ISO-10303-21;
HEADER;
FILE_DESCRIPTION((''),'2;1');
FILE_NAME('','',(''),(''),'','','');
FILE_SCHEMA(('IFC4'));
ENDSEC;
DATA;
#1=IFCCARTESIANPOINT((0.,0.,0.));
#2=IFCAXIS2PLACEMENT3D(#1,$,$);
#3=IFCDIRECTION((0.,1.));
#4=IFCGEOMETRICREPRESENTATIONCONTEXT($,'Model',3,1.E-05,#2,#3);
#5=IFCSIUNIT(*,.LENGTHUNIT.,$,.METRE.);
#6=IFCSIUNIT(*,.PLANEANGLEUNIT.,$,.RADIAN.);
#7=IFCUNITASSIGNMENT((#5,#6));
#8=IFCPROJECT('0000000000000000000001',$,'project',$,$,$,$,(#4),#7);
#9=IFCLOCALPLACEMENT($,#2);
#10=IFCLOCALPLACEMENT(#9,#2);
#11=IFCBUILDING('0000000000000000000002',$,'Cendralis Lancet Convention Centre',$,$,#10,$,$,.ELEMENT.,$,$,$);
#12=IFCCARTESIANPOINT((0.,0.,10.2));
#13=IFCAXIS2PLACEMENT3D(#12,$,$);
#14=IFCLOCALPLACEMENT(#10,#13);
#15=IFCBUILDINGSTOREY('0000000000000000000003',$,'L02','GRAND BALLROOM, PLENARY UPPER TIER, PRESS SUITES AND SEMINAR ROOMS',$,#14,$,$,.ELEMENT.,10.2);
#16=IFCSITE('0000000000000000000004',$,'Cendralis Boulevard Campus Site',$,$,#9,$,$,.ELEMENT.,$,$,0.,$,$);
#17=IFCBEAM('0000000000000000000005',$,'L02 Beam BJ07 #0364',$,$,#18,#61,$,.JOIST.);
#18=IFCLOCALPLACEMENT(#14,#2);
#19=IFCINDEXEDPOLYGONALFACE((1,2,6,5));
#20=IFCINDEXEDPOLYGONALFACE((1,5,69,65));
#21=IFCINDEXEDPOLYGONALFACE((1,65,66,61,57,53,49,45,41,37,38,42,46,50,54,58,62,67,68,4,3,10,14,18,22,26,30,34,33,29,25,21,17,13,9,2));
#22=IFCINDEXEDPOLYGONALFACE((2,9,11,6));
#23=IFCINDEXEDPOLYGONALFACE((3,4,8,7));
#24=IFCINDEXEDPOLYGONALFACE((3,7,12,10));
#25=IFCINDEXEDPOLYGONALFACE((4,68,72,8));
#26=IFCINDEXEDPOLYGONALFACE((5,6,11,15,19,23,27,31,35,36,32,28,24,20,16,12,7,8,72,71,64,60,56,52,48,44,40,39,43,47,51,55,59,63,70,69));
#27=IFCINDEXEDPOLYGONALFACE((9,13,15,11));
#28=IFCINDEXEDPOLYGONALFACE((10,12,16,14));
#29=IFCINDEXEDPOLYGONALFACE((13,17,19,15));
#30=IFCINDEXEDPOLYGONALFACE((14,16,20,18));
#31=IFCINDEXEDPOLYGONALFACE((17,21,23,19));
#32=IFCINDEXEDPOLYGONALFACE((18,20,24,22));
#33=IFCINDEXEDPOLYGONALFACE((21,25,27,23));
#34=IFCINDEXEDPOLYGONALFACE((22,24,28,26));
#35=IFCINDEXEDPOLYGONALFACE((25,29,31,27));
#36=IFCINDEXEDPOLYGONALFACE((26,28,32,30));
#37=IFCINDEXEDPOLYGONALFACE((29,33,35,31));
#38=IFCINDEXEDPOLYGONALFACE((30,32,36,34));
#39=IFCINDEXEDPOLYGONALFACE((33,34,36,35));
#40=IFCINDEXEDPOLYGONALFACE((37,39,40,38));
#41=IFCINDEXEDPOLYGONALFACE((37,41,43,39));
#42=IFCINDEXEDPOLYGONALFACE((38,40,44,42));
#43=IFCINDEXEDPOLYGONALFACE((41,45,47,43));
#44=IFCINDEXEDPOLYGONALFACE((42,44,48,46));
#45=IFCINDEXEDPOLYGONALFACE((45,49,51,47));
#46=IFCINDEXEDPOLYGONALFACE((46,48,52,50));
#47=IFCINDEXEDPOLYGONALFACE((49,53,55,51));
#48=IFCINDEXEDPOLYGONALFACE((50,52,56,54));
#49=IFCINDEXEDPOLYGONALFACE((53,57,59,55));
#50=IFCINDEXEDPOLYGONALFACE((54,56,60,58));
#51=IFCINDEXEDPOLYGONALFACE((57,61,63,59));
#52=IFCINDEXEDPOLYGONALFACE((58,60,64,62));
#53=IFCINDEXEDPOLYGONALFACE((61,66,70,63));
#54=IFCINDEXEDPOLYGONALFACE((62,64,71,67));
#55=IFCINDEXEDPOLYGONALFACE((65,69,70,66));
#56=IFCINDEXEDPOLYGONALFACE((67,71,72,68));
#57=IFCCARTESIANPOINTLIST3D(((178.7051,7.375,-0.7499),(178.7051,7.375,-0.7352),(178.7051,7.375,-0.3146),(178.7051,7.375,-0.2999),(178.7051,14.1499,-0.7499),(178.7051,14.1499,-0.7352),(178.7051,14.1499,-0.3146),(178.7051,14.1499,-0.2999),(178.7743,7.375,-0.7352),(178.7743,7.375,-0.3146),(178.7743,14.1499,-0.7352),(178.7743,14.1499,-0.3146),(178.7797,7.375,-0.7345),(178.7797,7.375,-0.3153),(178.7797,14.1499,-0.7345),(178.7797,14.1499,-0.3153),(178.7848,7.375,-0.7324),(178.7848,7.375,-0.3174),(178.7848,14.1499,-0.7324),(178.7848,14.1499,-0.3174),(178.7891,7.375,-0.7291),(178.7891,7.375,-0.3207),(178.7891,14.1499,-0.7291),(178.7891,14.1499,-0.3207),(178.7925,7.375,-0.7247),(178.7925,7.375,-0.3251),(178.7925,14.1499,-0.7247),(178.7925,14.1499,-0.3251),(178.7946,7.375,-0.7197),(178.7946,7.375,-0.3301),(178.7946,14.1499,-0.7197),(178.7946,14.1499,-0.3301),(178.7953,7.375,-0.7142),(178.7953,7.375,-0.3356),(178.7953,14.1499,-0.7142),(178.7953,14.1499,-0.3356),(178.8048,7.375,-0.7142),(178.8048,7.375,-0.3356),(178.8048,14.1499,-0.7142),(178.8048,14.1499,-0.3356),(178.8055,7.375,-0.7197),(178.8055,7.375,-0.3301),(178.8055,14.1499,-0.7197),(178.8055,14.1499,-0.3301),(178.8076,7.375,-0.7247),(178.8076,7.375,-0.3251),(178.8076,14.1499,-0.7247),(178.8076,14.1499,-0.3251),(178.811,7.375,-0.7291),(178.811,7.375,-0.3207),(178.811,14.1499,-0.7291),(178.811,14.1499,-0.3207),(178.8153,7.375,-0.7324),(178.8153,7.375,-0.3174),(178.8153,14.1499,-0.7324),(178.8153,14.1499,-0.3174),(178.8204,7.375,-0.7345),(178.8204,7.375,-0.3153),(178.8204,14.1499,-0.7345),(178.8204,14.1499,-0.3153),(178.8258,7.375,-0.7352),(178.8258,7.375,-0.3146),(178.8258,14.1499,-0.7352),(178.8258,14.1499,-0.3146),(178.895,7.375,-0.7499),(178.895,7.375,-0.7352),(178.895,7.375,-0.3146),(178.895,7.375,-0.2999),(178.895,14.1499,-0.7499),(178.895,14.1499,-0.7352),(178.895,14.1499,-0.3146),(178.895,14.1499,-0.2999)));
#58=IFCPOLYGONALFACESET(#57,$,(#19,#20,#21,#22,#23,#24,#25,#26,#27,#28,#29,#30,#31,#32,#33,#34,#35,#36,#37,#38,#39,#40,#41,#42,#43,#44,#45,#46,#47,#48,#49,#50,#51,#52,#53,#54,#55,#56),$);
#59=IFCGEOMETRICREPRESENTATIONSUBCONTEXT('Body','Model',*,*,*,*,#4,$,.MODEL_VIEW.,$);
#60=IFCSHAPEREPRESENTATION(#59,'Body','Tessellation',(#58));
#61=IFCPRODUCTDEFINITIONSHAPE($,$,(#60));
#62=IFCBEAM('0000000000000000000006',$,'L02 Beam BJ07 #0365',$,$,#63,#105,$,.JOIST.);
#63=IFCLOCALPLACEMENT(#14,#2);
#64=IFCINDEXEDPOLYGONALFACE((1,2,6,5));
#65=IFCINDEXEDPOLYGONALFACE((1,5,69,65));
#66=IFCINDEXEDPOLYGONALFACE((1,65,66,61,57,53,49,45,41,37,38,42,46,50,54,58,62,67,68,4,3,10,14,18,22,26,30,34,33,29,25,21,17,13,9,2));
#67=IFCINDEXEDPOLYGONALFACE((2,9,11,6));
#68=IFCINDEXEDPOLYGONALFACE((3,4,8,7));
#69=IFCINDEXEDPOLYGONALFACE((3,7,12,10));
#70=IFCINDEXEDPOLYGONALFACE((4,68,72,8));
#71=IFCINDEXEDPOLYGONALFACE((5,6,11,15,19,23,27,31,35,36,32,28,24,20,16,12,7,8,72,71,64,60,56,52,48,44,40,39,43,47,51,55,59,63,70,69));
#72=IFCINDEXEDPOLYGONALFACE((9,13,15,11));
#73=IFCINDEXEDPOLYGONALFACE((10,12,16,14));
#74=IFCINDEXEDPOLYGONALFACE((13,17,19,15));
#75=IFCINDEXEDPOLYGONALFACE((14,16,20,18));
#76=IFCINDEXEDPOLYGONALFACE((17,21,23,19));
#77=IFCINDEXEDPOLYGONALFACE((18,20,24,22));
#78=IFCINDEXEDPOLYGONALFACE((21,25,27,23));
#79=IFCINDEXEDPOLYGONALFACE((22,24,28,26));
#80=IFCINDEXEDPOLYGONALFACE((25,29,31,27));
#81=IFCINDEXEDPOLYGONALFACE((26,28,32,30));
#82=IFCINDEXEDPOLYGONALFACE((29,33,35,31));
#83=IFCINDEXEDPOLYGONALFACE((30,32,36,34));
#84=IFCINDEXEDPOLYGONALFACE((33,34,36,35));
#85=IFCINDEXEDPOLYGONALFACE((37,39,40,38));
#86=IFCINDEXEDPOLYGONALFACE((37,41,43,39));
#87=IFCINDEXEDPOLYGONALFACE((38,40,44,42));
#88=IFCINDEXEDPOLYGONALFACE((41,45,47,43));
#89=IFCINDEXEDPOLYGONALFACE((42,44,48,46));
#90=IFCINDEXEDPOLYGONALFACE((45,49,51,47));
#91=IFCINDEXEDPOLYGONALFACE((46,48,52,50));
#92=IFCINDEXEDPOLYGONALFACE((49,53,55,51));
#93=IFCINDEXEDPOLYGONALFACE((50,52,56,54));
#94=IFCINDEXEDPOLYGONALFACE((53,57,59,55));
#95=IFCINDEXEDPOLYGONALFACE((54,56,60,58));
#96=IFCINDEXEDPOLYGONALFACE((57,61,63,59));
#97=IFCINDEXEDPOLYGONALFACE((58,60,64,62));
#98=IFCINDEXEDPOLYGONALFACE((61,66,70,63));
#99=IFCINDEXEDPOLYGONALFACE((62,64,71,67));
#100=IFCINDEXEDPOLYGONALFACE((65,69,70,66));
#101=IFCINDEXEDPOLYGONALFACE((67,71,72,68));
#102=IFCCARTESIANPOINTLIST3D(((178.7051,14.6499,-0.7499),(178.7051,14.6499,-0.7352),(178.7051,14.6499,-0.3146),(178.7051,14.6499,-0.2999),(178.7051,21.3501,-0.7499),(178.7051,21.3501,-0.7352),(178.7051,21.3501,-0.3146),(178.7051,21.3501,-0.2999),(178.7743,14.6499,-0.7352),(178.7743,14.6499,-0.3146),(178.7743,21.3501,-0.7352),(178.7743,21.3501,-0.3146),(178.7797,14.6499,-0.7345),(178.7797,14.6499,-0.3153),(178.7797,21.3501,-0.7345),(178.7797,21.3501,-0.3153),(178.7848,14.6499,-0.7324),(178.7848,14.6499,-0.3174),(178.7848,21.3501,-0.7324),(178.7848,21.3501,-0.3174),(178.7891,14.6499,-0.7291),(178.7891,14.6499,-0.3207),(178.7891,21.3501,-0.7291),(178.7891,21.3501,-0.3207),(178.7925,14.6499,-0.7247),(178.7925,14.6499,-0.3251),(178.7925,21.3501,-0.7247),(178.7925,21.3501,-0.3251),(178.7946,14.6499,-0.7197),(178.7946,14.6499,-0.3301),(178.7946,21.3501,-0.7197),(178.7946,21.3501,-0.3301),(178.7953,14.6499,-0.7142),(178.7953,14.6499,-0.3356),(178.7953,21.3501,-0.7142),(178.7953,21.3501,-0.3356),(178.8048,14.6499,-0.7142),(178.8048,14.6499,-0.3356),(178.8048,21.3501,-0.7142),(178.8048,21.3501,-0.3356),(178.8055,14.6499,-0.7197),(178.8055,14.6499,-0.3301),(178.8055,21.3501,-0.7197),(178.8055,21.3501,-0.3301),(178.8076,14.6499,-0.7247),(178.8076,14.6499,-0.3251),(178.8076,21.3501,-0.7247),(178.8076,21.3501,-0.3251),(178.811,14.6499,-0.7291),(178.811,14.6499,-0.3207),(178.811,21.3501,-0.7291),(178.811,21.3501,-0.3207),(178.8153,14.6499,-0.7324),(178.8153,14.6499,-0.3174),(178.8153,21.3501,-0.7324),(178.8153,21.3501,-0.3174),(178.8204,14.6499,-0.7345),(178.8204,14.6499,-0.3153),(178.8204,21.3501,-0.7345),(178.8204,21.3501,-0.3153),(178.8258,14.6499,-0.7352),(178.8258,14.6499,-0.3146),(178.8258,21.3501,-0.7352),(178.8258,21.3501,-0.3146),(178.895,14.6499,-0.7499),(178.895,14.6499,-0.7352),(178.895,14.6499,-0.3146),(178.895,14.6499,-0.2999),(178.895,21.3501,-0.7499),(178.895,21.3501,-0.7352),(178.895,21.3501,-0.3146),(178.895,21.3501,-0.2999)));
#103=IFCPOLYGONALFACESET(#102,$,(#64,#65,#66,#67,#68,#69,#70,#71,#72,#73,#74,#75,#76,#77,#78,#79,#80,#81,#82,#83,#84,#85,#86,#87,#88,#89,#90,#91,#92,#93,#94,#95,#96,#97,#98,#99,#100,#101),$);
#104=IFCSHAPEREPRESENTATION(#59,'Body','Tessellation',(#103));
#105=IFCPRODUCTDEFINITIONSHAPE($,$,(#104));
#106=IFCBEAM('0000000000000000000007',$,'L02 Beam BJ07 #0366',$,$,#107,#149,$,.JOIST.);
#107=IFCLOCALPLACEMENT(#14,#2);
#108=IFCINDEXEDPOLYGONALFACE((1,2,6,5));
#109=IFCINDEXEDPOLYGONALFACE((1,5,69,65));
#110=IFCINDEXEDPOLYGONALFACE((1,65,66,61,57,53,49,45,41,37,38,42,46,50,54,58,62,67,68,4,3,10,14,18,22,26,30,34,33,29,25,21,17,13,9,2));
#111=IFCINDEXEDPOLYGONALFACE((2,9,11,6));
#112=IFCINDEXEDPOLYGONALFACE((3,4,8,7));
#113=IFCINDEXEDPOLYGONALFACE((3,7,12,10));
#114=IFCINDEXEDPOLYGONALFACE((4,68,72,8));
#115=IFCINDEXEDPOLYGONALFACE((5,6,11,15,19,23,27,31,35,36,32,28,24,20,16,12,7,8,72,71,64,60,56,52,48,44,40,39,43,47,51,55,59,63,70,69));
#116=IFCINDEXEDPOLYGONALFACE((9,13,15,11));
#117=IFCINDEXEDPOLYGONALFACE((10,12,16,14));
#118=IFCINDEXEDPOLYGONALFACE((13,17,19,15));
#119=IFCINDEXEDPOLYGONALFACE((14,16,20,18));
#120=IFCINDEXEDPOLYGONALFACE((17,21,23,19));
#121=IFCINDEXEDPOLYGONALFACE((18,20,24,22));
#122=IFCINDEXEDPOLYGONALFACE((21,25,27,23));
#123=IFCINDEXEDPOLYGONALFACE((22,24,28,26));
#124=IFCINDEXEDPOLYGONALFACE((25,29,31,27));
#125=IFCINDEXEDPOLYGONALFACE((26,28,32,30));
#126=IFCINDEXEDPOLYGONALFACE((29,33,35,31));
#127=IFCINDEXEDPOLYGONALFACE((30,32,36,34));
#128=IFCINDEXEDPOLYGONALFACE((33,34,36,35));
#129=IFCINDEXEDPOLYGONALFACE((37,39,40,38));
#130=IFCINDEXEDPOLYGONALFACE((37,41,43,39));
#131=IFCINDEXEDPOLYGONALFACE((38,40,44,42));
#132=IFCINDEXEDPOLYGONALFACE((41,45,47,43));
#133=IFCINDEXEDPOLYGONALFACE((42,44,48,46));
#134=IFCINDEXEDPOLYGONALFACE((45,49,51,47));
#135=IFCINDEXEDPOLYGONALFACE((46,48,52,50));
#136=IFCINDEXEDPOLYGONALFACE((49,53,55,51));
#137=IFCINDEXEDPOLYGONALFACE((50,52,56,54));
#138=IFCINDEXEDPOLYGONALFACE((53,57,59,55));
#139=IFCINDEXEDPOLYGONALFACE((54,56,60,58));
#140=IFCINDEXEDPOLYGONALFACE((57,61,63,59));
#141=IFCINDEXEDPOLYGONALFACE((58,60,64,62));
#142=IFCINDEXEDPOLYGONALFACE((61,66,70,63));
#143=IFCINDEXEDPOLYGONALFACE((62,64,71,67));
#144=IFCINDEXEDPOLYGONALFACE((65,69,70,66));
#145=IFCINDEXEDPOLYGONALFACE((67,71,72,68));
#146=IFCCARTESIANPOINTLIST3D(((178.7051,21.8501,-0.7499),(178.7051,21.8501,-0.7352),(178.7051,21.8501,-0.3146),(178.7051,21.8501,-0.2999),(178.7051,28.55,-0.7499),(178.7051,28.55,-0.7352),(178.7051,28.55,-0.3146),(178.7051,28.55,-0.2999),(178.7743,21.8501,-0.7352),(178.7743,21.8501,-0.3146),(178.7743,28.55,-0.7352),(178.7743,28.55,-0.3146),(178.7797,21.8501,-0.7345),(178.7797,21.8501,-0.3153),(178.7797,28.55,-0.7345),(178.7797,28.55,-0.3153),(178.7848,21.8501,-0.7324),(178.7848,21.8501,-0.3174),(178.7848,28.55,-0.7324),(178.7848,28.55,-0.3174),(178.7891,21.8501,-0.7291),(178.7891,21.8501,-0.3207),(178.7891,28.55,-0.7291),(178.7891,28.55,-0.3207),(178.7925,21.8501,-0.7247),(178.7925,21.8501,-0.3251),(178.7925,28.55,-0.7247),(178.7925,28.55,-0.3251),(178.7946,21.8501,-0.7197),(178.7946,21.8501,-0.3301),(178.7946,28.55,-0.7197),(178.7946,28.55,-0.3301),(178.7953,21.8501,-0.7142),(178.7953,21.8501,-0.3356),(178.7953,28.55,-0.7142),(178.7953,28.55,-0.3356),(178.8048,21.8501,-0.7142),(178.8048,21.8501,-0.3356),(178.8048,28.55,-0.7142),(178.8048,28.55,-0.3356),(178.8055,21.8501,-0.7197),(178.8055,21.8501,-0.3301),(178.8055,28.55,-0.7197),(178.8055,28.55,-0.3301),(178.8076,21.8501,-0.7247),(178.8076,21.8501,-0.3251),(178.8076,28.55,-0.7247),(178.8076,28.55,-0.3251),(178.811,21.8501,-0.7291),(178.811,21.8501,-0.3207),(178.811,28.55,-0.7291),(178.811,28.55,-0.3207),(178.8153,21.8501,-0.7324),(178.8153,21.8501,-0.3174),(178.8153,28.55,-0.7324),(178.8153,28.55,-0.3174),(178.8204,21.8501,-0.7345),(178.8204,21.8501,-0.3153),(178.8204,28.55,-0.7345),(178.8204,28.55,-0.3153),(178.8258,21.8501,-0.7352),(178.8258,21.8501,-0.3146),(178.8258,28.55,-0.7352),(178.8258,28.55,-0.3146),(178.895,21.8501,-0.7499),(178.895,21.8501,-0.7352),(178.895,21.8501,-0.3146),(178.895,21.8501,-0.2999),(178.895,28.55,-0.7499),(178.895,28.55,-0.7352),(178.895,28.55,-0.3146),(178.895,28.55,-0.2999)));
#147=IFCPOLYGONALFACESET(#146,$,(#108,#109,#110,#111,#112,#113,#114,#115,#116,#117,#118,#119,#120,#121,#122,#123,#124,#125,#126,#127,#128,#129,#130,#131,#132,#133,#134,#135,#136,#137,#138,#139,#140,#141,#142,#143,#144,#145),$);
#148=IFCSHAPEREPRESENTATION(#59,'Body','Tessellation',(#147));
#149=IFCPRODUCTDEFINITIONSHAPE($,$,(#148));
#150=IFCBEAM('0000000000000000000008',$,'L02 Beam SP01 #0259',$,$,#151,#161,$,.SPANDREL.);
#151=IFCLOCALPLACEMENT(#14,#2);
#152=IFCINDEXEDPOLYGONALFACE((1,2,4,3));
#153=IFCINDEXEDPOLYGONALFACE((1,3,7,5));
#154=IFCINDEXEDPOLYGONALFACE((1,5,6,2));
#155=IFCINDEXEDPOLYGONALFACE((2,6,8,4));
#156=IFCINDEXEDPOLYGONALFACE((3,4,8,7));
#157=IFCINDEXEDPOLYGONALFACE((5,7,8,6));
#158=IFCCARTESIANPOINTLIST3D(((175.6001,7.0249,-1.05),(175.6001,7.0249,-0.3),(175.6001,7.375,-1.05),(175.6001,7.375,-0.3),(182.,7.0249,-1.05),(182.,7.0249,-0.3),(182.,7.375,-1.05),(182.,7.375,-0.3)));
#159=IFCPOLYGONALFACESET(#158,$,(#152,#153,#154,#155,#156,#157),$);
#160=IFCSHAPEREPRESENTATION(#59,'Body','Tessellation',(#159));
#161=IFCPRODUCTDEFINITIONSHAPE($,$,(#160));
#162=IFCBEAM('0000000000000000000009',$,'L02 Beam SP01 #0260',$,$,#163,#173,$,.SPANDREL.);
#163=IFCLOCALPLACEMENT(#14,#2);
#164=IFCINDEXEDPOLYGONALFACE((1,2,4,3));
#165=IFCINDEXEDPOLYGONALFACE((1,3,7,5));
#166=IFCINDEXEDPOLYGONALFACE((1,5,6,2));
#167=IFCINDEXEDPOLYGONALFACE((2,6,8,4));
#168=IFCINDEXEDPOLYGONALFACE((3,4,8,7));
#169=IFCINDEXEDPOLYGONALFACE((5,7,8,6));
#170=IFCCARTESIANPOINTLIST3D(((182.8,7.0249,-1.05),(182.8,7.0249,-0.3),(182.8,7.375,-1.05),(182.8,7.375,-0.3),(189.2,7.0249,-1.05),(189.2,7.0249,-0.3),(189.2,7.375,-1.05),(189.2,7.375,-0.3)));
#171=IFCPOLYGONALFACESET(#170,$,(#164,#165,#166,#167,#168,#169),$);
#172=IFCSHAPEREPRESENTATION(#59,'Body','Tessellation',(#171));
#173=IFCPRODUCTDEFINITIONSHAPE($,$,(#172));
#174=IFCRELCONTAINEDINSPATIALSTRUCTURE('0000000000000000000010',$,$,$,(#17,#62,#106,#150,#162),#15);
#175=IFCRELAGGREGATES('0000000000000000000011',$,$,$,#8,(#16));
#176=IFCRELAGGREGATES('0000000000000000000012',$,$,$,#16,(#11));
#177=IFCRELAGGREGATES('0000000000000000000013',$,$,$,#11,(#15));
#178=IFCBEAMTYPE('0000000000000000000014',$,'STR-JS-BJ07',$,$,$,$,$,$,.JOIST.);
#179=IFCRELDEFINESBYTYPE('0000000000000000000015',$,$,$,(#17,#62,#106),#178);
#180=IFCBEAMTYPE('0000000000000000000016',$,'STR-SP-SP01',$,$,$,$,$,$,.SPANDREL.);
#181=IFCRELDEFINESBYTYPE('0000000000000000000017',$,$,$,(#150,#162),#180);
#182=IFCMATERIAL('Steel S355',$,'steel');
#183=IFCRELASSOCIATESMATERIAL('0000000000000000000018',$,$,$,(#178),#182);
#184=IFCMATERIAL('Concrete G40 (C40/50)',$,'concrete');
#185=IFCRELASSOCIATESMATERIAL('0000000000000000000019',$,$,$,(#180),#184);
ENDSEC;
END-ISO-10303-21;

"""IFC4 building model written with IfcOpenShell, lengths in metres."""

from ifc_helpers import new_model, si_unit, direction, frame, origin, origin_2d, place, context, subcontext, project, spatial, rectangle, i_section, extrude, material, material_profile, profile_set, type_object, element, save


model = new_model("IFC4")

# Units and contexts
model_context = context("Model", 3, precision=1e-05, world=origin(), true_north=direction((0.0, 1.0)))
body_context = subcontext(model_context, "Body", "Model", "MODEL_VIEW")
ifc_project = project(units=[si_unit("LENGTHUNIT", "METRE"), si_unit("PLANEANGLEUNIT", "RADIAN")], contexts=[model_context])

# Site, building, storey
site_placement = place(None, origin())
site = spatial("IfcSite", under=ifc_project, at=site_placement, Name="Cendralis Boulevard Campus Site", CompositionType="ELEMENT", RefElevation=0.0)
building_placement = place(site_placement, origin())
building = spatial("IfcBuilding", under=site, at=building_placement, Name="Cendralis Lancet Convention Centre", CompositionType="ELEMENT")
storey_placement = place(building_placement, frame((0.0, 0.0, 10.2)))
storey = spatial("IfcBuildingStorey", under=building, at=storey_placement, Name="L02", Description="GRAND BALLROOM, PLENARY UPPER TIER, PRESS SUITES AND SEMINAR ROOMS", CompositionType="ELEMENT", Elevation=10.2)

# Shared definitions
ifc_material_1 = material(Name="Concrete G40 (C40/50)", Category="concrete")

# Beams
ifc_material_2 = material(Name="Steel S355", Category="steel")
ifc_material_profile_1 = material_profile(ifc_material_2, i_section(OverallWidth=0.1899, OverallDepth=0.45, WebThickness=0.0095, FlangeThickness=0.0146, FilletRadius=0.021, at=origin_2d()), Name="IPE 450")
ifc_profile_set_1 = profile_set([ifc_material_profile_1], Name="Steel S355")
beam_type_1 = type_object("IfcBeamType", Name="STR-JS-BJ07", PredefinedType="JOIST", material=ifc_profile_set_1)
beam_1_placement = place(storey_placement, frame((178.8, 7.375, -0.5249), z_axis=(0.0, 1.0, 0.0), x_axis=(-1.0, 0.0, 0.0)))
element("IfcBeam", 1, at=beam_1_placement, inside=storey, type_object=beam_type_1, Name="L02 Beam BJ07 #0364", PredefinedType="JOIST", context=body_context, shape_type="SweptSolid", body=[
    extrude(i_section(OverallWidth=0.1899, OverallDepth=0.45, WebThickness=0.0095, FlangeThickness=0.0146, FilletRadius=0.021, at=origin_2d()), origin(), (0.0, 0.0, 1.0), 6.7749),
])
beam_2_placement = place(storey_placement, frame((178.8, 14.6499, -0.5249), z_axis=(0.0, 1.0, 0.0), x_axis=(-1.0, 0.0, 0.0)))
element("IfcBeam", 2, at=beam_2_placement, inside=storey, type_object=beam_type_1, Name="L02 Beam BJ07 #0365", PredefinedType="JOIST", context=body_context, shape_type="SweptSolid", body=[
    extrude(i_section(OverallWidth=0.1899, OverallDepth=0.45, WebThickness=0.0095, FlangeThickness=0.0146, FilletRadius=0.021, at=origin_2d()), origin(), (0.0, 0.0, 1.0), 6.7002),
])
beam_3_placement = place(storey_placement, frame((178.8, 21.8501, -0.5249), z_axis=(0.0, 1.0, 0.0), x_axis=(-1.0, 0.0, 0.0)))
element("IfcBeam", 3, at=beam_3_placement, inside=storey, type_object=beam_type_1, Name="L02 Beam BJ07 #0366", PredefinedType="JOIST", context=body_context, shape_type="SweptSolid", body=[
    extrude(i_section(OverallWidth=0.1899, OverallDepth=0.45, WebThickness=0.0095, FlangeThickness=0.0146, FilletRadius=0.021, at=origin_2d()), origin(), (0.0, 0.0, 1.0), 6.7),
])
ifc_material_profile_2 = material_profile(ifc_material_1, rectangle(XDim=0.3501, YDim=0.75, at=origin_2d()), Name="RCB 350x750")
ifc_profile_set_2 = profile_set([ifc_material_profile_2], Name="Concrete G40 (C40/50)")
beam_type_2 = type_object("IfcBeamType", Name="STR-SP-SP01", PredefinedType="SPANDREL", material=ifc_profile_set_2)
for number, where, z_axis, x_axis, name in (
    (4, (175.6001, 7.2, -0.675), (1.0, 0.0, 0.0), (0.0, 1.0, 0.0), "L02 Beam SP01 #0259"),
    (5, (182.8, 7.2, -0.675), (1.0, 0.0, 0.0), (0.0, 1.0, 0.0), "L02 Beam SP01 #0260"),
):
    element("IfcBeam", number, at=place(storey_placement, frame(where, z_axis=z_axis, x_axis=x_axis)), inside=storey, type_object=beam_type_2, Name=name, PredefinedType="SPANDREL", context=body_context, shape_type="SweptSolid", body=[
        extrude(rectangle(XDim=0.3501, YDim=0.75, at=origin_2d()), origin(), (0.0, 0.0, 1.0), 6.3999),
    ])

save(model, "model.ifc")
